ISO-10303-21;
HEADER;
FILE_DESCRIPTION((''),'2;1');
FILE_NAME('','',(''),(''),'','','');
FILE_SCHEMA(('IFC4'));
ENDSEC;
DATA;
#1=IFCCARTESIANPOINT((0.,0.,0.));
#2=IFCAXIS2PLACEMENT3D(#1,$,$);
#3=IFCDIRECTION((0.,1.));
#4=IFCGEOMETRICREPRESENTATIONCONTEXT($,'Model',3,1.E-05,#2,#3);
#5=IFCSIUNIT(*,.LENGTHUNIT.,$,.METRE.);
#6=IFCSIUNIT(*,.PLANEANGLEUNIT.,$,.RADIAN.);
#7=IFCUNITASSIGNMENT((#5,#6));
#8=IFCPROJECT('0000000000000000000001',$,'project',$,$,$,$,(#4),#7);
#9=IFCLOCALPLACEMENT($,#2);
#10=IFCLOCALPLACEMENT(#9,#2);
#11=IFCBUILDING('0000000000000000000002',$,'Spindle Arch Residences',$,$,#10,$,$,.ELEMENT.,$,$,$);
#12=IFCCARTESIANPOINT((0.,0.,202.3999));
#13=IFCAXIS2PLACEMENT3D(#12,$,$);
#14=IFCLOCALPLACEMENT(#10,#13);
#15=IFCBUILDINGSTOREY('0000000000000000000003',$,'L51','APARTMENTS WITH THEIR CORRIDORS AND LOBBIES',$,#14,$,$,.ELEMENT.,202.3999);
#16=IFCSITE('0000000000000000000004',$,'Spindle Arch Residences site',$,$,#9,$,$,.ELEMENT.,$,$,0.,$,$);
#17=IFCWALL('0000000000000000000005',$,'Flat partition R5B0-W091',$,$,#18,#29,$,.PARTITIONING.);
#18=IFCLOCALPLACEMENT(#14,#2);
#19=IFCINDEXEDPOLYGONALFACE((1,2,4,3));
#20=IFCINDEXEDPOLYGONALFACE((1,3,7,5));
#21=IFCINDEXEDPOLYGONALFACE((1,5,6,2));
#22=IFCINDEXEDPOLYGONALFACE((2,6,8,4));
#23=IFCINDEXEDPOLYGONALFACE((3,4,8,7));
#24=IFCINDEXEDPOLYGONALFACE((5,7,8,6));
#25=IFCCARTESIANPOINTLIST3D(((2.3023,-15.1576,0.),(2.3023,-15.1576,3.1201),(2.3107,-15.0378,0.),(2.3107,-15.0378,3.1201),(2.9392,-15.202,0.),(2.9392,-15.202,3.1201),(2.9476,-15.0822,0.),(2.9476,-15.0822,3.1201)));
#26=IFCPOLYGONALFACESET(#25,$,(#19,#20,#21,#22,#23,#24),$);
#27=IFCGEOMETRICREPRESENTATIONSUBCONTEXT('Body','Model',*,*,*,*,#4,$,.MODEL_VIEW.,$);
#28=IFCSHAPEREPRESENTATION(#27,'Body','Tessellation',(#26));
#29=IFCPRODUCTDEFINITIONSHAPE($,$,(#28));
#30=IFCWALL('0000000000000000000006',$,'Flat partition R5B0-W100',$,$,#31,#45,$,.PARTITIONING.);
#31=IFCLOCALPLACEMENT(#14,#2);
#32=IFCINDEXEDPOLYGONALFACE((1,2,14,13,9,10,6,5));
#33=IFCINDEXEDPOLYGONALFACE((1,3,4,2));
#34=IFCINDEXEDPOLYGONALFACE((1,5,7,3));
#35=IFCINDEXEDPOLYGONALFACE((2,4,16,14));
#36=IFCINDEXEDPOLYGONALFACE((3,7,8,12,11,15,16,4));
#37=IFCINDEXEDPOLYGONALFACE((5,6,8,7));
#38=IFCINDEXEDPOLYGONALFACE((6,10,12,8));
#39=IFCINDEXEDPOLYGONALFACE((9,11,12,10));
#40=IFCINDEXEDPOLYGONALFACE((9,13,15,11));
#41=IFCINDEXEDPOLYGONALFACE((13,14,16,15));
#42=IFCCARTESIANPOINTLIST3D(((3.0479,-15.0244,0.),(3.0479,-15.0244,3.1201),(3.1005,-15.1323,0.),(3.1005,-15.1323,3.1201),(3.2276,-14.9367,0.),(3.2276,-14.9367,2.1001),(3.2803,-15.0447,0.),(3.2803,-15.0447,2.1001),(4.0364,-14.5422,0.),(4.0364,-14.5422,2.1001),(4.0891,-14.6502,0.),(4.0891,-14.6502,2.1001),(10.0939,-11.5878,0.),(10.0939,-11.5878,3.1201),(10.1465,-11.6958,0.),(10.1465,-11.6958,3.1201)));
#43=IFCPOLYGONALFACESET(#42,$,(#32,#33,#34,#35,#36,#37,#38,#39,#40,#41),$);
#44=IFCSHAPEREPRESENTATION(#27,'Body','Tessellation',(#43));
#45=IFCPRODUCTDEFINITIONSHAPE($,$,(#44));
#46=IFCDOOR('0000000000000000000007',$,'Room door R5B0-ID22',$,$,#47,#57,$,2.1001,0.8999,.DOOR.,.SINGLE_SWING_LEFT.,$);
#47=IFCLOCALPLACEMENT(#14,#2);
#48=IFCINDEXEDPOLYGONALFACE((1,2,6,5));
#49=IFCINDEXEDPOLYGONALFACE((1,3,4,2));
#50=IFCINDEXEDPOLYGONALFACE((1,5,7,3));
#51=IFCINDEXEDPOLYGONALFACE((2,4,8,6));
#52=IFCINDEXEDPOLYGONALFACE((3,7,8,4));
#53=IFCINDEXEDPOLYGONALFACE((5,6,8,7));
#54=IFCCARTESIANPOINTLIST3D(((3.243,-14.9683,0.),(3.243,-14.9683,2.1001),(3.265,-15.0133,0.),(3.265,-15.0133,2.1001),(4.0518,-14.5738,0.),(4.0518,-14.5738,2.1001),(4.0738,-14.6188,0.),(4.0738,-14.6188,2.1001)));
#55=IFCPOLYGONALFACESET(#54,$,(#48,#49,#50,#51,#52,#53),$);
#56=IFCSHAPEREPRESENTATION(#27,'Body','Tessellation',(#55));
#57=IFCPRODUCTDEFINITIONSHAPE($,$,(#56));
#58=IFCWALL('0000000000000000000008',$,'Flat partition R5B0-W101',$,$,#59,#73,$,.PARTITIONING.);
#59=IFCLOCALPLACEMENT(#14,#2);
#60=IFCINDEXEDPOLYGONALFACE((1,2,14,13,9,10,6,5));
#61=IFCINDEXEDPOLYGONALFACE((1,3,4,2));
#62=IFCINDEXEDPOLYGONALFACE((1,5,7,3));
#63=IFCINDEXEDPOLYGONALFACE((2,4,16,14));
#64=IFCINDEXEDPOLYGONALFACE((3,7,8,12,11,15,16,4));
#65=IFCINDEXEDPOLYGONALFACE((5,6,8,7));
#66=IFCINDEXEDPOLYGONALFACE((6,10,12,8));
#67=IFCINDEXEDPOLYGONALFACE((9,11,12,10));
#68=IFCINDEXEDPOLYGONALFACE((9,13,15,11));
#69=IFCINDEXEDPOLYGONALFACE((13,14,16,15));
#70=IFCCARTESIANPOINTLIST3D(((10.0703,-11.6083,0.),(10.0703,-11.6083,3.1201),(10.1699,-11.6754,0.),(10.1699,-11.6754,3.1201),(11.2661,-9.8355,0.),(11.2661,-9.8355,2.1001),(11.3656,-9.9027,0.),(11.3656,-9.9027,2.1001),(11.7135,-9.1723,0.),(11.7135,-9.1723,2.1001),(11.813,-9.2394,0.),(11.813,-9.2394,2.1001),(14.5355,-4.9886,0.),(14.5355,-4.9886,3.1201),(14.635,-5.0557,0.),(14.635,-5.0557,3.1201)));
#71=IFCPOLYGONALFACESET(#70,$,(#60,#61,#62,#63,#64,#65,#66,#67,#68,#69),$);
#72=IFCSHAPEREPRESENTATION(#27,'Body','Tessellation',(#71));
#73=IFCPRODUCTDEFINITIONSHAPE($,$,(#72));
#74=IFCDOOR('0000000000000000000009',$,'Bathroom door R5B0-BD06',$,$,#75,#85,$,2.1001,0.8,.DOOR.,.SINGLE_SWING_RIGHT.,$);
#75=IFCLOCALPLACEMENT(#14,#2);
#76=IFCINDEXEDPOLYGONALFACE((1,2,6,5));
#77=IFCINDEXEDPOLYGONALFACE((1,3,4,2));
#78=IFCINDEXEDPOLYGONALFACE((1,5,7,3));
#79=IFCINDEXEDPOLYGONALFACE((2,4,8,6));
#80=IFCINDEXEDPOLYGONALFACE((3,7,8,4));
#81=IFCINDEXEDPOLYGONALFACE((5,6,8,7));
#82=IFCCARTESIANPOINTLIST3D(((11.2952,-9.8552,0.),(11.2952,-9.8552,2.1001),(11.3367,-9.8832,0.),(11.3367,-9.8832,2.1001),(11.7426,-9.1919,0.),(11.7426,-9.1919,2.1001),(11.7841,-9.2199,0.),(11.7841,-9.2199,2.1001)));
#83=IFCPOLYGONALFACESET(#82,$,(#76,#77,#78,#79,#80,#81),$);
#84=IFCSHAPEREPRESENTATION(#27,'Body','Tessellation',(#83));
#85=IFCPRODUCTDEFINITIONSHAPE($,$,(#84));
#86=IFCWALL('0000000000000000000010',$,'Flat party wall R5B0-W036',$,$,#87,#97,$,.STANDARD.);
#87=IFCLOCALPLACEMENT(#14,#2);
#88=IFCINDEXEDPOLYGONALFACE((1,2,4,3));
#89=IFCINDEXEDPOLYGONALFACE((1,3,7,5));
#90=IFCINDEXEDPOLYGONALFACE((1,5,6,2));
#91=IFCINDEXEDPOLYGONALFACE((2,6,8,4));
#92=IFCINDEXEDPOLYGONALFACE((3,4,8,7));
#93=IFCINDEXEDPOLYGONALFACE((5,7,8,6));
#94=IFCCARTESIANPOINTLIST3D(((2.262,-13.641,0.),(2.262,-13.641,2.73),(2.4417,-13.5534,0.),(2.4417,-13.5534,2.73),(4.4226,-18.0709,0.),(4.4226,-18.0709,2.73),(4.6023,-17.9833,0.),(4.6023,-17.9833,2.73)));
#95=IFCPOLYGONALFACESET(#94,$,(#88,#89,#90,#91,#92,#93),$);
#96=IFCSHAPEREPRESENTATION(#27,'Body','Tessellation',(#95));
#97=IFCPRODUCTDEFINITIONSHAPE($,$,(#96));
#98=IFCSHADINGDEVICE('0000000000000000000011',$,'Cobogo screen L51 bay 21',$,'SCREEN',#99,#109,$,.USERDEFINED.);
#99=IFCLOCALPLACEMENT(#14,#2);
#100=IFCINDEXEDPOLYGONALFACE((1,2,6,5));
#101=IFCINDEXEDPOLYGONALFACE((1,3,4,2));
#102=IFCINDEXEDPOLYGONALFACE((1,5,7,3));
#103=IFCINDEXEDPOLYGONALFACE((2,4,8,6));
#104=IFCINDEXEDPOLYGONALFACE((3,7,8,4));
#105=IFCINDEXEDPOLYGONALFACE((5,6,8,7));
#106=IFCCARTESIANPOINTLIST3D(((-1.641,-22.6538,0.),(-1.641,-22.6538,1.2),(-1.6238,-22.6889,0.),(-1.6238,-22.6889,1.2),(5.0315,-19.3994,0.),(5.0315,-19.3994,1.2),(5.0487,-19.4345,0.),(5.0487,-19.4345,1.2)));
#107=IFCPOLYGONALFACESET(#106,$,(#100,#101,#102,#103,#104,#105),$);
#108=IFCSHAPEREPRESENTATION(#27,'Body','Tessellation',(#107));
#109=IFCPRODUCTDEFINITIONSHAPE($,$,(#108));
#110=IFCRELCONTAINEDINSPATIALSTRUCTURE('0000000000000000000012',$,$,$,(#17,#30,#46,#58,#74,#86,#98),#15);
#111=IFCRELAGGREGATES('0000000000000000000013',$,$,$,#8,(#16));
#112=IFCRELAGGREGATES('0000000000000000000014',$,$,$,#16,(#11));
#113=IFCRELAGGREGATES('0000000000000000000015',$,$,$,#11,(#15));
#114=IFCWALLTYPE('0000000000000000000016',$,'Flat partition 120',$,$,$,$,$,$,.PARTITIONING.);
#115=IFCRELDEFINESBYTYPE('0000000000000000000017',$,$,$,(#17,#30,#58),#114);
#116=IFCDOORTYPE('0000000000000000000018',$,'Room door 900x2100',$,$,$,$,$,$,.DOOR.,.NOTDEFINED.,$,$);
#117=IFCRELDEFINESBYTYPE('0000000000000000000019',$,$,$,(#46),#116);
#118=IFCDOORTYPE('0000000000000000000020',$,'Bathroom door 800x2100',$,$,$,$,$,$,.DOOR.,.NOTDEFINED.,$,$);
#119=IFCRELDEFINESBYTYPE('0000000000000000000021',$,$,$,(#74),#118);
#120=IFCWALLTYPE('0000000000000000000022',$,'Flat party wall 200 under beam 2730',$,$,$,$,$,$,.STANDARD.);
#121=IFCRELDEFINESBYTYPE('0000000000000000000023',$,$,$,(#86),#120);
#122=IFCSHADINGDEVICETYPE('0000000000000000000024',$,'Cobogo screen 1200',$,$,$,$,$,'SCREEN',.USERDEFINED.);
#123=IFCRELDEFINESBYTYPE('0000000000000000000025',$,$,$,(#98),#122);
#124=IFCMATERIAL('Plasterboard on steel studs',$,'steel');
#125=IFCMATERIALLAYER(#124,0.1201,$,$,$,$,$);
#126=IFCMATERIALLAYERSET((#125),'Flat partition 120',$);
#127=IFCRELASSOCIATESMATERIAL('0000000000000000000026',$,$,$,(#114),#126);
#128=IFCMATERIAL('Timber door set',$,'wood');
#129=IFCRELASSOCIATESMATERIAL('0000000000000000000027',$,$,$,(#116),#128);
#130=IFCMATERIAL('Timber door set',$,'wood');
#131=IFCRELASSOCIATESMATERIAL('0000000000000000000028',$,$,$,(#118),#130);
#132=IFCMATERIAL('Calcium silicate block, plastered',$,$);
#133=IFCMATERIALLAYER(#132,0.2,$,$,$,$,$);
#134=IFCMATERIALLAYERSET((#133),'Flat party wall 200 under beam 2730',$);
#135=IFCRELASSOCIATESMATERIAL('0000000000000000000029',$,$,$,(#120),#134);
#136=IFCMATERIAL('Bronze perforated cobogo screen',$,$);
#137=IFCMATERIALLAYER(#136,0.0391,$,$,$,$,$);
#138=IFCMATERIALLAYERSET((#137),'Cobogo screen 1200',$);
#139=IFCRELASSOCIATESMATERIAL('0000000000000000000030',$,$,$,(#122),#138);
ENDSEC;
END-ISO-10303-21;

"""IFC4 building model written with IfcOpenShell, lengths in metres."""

from ifc_helpers import new_model, si_unit, direction, frame, frame_2d, origin, origin_2d, place, context, subcontext, project, spatial, rectangle, extrude, material, layer, layer_set, type_object, element, fill, save


model = new_model("IFC4")

# Units and contexts
model_context = context("Model", 3, precision=1e-05, world=origin(), true_north=direction((0.0, 1.0)))
body_context = subcontext(model_context, "Body", "Model", "MODEL_VIEW")
ifc_project = project(units=[si_unit("LENGTHUNIT", "METRE"), si_unit("PLANEANGLEUNIT", "RADIAN")], contexts=[model_context])

# Site, building, storey
site_placement = place(None, origin())
site = spatial("IfcSite", under=ifc_project, at=site_placement, Name="Spindle Arch Residences site", CompositionType="ELEMENT", RefElevation=0.0)
building_placement = place(site_placement, origin())
building = spatial("IfcBuilding", under=site, at=building_placement, Name="Spindle Arch Residences", CompositionType="ELEMENT")
storey_placement = place(building_placement, frame((0.0, 0.0, 202.3999)))
storey = spatial("IfcBuildingStorey", under=building, at=storey_placement, Name="L51", Description="APARTMENTS WITH THEIR CORRIDORS AND LOBBIES", CompositionType="ELEMENT", Elevation=202.3999)

# Wall
ifc_material_1 = material(Name="Plasterboard on steel studs", Category="steel")
ifc_layer_1 = layer(ifc_material_1, 0.1201)
ifc_layer_set_1 = layer_set([ifc_layer_1], Name="Flat partition 120")
wall_type_1 = type_object("IfcWallType", Name="Flat partition 120", PredefinedType="PARTITIONING", material=ifc_layer_set_1)
wall_1_placement = place(storey_placement, frame((2.3064, -15.0977, 0.0), z_axis=(0.0, 0.0, 1.0), x_axis=(0.997576, -0.069589, 0.0)))
element("IfcWall", 1, at=wall_1_placement, inside=storey, type_object=wall_type_1, Name="Flat partition R5B0-W091", PredefinedType="PARTITIONING", context=body_context, shape_type="SweptSolid", body=[
    extrude(rectangle(XDim=0.6384, YDim=0.1201, at=frame_2d((0.3193, 0.0))), origin(), (0.0, 0.0, 1.0), 3.1201),
])

# Walls, openings, doors
wall_2_placement = place(storey_placement, frame((3.0742, -15.0784, 0.0), z_axis=(0.0, 0.0, 1.0), x_axis=(0.898794, 0.438372, 0.0)))
wall_2 = element("IfcWall", 2, at=wall_2_placement, inside=storey, type_object=wall_type_1, Name="Flat partition R5B0-W100", PredefinedType="PARTITIONING", context=body_context, shape_type="SweptSolid", body=[
    extrude(rectangle(XDim=7.8394, YDim=0.1201, at=frame_2d((3.9197, 0.0))), origin(), (0.0, 0.0, 1.0), 3.1201),
])
opening_1_placement = place(wall_2_placement, frame((0.2, 0.0, 0.0)))
opening_1 = element("IfcOpeningElement", 3, at=opening_1_placement, cuts=wall_2, PredefinedType="OPENING", context=body_context, shape_type="SweptSolid", body=[
    extrude(rectangle(XDim=0.8999, YDim=2.1001, at=frame_2d((0.45, 1.05))), frame((0.0, 0.0701, 0.0), z_axis=(0.0, -1.0, 0.0), x_axis=(1.0, 0.0, 0.0)), (0.0, 0.0, 1.0), 0.1401),
])
ifc_material_2 = material(Name="Timber door set", Category="wood")
door_type_1 = type_object("IfcDoorType", Name="Room door 900x2100", OperationType="NOTDEFINED", PredefinedType="DOOR", material=ifc_material_2)
door_1_placement = place(opening_1_placement, origin())
door_1 = element("IfcDoor", 4, at=door_1_placement, inside=storey, type_object=door_type_1, Name="Room door R5B0-ID22", OperationType="SINGLE_SWING_LEFT", OverallHeight=2.1001, OverallWidth=0.8999, PredefinedType="DOOR", context=body_context, shape_type="SweptSolid", body=[
    extrude(rectangle(XDim=0.8999, YDim=2.1001, at=frame_2d((0.45, 1.05))), frame((0.0, 0.0249, 0.0), z_axis=(0.0, -1.0, 0.0), x_axis=(1.0, 0.0, 0.0)), (0.0, 0.0, 1.0), 0.05),
])
fill(opening_1, door_1)
wall_3_placement = place(storey_placement, frame((10.1201, -11.6418, 0.0), z_axis=(0.0, 0.0, 1.0), x_axis=(0.559201, 0.829032, 0.0)))
wall_3 = element("IfcWall", 5, at=wall_3_placement, inside=storey, type_object=wall_type_1, Name="Flat partition R5B0-W101", PredefinedType="PARTITIONING", context=body_context, shape_type="SweptSolid", body=[
    extrude(rectangle(XDim=7.9849, YDim=0.1201, at=frame_2d((3.9924, 0.0))), origin(), (0.0, 0.0, 1.0), 3.1201),
])
opening_2_placement = place(wall_3_placement, frame((2.1384, 0.0, 0.0)))
opening_2 = element("IfcOpeningElement", 6, at=opening_2_placement, cuts=wall_3, PredefinedType="OPENING", context=body_context, shape_type="SweptSolid", body=[
    extrude(rectangle(XDim=0.8, YDim=2.1001, at=frame_2d((0.3999, 1.05))), frame((0.0, 0.0701, 0.0), z_axis=(0.0, -1.0, 0.0), x_axis=(1.0, 0.0, 0.0)), (0.0, 0.0, 1.0), 0.1401),
])
ifc_material_3 = material(Name="Timber door set", Category="wood")
door_type_2 = type_object("IfcDoorType", Name="Bathroom door 800x2100", OperationType="NOTDEFINED", PredefinedType="DOOR", material=ifc_material_3)
door_2_placement = place(opening_2_placement, origin())
door_2 = element("IfcDoor", 7, at=door_2_placement, inside=storey, type_object=door_type_2, Name="Bathroom door R5B0-BD06", OperationType="SINGLE_SWING_RIGHT", OverallHeight=2.1001, OverallWidth=0.8, PredefinedType="DOOR", context=body_context, shape_type="SweptSolid", body=[
    extrude(rectangle(XDim=0.8, YDim=2.1001, at=frame_2d((0.3999, 1.05))), frame((0.0, 0.0249, 0.0), z_axis=(0.0, -1.0, 0.0), x_axis=(1.0, 0.0, 0.0)), (0.0, 0.0, 1.0), 0.05),
])
fill(opening_2, door_2)

# Wall
ifc_material_4 = material(Name="Calcium silicate block, plastered")
ifc_layer_2 = layer(ifc_material_4, 0.2)
ifc_layer_set_2 = layer_set([ifc_layer_2], Name="Flat party wall 200 under beam 2730")
wall_type_2 = type_object("IfcWallType", Name="Flat party wall 200 under beam 2730", PredefinedType="STANDARD", material=ifc_layer_set_2)
wall_4_placement = place(storey_placement, frame((4.5125, -18.0271, 0.0), z_axis=(0.0, 0.0, 1.0), x_axis=(-0.438375, 0.898792, 0.0)))
element("IfcWall", 8, at=wall_4_placement, inside=storey, type_object=wall_type_2, Name="Flat party wall R5B0-W036", PredefinedType="STANDARD", context=body_context, shape_type="SweptSolid", body=[
    extrude(rectangle(XDim=4.9287, YDim=0.2, at=frame_2d((2.4644, 0.0))), origin(), (0.0, 0.0, 1.0), 2.73),
])

# Shading device
ifc_material_5 = material(Name="Bronze perforated cobogo screen")
ifc_layer_3 = layer(ifc_material_5, 0.0391)
ifc_layer_set_3 = layer_set([ifc_layer_3], Name="Cobogo screen 1200")
shading_device_type = type_object("IfcShadingDeviceType", Name="Cobogo screen 1200", ElementType="SCREEN", PredefinedType="USERDEFINED", material=ifc_layer_set_3)
shading_device_placement = place(storey_placement, frame((1.7039, -21.0442, 0.0), z_axis=(0.0, 0.0, 1.0), x_axis=(0.898794, 0.438371, 0.0)))
element("IfcShadingDevice", 9, at=shading_device_placement, inside=storey, type_object=shading_device_type, Name="Cobogo screen L51 bay 21", ObjectType="SCREEN", PredefinedType="USERDEFINED", context=body_context, shape_type="SweptSolid", body=[
    extrude(rectangle(XDim=7.4238, YDim=0.0391, at=origin_2d()), origin(), (0.0, 0.0, 1.0), 1.2),
])

save(model, "model.ifc")
